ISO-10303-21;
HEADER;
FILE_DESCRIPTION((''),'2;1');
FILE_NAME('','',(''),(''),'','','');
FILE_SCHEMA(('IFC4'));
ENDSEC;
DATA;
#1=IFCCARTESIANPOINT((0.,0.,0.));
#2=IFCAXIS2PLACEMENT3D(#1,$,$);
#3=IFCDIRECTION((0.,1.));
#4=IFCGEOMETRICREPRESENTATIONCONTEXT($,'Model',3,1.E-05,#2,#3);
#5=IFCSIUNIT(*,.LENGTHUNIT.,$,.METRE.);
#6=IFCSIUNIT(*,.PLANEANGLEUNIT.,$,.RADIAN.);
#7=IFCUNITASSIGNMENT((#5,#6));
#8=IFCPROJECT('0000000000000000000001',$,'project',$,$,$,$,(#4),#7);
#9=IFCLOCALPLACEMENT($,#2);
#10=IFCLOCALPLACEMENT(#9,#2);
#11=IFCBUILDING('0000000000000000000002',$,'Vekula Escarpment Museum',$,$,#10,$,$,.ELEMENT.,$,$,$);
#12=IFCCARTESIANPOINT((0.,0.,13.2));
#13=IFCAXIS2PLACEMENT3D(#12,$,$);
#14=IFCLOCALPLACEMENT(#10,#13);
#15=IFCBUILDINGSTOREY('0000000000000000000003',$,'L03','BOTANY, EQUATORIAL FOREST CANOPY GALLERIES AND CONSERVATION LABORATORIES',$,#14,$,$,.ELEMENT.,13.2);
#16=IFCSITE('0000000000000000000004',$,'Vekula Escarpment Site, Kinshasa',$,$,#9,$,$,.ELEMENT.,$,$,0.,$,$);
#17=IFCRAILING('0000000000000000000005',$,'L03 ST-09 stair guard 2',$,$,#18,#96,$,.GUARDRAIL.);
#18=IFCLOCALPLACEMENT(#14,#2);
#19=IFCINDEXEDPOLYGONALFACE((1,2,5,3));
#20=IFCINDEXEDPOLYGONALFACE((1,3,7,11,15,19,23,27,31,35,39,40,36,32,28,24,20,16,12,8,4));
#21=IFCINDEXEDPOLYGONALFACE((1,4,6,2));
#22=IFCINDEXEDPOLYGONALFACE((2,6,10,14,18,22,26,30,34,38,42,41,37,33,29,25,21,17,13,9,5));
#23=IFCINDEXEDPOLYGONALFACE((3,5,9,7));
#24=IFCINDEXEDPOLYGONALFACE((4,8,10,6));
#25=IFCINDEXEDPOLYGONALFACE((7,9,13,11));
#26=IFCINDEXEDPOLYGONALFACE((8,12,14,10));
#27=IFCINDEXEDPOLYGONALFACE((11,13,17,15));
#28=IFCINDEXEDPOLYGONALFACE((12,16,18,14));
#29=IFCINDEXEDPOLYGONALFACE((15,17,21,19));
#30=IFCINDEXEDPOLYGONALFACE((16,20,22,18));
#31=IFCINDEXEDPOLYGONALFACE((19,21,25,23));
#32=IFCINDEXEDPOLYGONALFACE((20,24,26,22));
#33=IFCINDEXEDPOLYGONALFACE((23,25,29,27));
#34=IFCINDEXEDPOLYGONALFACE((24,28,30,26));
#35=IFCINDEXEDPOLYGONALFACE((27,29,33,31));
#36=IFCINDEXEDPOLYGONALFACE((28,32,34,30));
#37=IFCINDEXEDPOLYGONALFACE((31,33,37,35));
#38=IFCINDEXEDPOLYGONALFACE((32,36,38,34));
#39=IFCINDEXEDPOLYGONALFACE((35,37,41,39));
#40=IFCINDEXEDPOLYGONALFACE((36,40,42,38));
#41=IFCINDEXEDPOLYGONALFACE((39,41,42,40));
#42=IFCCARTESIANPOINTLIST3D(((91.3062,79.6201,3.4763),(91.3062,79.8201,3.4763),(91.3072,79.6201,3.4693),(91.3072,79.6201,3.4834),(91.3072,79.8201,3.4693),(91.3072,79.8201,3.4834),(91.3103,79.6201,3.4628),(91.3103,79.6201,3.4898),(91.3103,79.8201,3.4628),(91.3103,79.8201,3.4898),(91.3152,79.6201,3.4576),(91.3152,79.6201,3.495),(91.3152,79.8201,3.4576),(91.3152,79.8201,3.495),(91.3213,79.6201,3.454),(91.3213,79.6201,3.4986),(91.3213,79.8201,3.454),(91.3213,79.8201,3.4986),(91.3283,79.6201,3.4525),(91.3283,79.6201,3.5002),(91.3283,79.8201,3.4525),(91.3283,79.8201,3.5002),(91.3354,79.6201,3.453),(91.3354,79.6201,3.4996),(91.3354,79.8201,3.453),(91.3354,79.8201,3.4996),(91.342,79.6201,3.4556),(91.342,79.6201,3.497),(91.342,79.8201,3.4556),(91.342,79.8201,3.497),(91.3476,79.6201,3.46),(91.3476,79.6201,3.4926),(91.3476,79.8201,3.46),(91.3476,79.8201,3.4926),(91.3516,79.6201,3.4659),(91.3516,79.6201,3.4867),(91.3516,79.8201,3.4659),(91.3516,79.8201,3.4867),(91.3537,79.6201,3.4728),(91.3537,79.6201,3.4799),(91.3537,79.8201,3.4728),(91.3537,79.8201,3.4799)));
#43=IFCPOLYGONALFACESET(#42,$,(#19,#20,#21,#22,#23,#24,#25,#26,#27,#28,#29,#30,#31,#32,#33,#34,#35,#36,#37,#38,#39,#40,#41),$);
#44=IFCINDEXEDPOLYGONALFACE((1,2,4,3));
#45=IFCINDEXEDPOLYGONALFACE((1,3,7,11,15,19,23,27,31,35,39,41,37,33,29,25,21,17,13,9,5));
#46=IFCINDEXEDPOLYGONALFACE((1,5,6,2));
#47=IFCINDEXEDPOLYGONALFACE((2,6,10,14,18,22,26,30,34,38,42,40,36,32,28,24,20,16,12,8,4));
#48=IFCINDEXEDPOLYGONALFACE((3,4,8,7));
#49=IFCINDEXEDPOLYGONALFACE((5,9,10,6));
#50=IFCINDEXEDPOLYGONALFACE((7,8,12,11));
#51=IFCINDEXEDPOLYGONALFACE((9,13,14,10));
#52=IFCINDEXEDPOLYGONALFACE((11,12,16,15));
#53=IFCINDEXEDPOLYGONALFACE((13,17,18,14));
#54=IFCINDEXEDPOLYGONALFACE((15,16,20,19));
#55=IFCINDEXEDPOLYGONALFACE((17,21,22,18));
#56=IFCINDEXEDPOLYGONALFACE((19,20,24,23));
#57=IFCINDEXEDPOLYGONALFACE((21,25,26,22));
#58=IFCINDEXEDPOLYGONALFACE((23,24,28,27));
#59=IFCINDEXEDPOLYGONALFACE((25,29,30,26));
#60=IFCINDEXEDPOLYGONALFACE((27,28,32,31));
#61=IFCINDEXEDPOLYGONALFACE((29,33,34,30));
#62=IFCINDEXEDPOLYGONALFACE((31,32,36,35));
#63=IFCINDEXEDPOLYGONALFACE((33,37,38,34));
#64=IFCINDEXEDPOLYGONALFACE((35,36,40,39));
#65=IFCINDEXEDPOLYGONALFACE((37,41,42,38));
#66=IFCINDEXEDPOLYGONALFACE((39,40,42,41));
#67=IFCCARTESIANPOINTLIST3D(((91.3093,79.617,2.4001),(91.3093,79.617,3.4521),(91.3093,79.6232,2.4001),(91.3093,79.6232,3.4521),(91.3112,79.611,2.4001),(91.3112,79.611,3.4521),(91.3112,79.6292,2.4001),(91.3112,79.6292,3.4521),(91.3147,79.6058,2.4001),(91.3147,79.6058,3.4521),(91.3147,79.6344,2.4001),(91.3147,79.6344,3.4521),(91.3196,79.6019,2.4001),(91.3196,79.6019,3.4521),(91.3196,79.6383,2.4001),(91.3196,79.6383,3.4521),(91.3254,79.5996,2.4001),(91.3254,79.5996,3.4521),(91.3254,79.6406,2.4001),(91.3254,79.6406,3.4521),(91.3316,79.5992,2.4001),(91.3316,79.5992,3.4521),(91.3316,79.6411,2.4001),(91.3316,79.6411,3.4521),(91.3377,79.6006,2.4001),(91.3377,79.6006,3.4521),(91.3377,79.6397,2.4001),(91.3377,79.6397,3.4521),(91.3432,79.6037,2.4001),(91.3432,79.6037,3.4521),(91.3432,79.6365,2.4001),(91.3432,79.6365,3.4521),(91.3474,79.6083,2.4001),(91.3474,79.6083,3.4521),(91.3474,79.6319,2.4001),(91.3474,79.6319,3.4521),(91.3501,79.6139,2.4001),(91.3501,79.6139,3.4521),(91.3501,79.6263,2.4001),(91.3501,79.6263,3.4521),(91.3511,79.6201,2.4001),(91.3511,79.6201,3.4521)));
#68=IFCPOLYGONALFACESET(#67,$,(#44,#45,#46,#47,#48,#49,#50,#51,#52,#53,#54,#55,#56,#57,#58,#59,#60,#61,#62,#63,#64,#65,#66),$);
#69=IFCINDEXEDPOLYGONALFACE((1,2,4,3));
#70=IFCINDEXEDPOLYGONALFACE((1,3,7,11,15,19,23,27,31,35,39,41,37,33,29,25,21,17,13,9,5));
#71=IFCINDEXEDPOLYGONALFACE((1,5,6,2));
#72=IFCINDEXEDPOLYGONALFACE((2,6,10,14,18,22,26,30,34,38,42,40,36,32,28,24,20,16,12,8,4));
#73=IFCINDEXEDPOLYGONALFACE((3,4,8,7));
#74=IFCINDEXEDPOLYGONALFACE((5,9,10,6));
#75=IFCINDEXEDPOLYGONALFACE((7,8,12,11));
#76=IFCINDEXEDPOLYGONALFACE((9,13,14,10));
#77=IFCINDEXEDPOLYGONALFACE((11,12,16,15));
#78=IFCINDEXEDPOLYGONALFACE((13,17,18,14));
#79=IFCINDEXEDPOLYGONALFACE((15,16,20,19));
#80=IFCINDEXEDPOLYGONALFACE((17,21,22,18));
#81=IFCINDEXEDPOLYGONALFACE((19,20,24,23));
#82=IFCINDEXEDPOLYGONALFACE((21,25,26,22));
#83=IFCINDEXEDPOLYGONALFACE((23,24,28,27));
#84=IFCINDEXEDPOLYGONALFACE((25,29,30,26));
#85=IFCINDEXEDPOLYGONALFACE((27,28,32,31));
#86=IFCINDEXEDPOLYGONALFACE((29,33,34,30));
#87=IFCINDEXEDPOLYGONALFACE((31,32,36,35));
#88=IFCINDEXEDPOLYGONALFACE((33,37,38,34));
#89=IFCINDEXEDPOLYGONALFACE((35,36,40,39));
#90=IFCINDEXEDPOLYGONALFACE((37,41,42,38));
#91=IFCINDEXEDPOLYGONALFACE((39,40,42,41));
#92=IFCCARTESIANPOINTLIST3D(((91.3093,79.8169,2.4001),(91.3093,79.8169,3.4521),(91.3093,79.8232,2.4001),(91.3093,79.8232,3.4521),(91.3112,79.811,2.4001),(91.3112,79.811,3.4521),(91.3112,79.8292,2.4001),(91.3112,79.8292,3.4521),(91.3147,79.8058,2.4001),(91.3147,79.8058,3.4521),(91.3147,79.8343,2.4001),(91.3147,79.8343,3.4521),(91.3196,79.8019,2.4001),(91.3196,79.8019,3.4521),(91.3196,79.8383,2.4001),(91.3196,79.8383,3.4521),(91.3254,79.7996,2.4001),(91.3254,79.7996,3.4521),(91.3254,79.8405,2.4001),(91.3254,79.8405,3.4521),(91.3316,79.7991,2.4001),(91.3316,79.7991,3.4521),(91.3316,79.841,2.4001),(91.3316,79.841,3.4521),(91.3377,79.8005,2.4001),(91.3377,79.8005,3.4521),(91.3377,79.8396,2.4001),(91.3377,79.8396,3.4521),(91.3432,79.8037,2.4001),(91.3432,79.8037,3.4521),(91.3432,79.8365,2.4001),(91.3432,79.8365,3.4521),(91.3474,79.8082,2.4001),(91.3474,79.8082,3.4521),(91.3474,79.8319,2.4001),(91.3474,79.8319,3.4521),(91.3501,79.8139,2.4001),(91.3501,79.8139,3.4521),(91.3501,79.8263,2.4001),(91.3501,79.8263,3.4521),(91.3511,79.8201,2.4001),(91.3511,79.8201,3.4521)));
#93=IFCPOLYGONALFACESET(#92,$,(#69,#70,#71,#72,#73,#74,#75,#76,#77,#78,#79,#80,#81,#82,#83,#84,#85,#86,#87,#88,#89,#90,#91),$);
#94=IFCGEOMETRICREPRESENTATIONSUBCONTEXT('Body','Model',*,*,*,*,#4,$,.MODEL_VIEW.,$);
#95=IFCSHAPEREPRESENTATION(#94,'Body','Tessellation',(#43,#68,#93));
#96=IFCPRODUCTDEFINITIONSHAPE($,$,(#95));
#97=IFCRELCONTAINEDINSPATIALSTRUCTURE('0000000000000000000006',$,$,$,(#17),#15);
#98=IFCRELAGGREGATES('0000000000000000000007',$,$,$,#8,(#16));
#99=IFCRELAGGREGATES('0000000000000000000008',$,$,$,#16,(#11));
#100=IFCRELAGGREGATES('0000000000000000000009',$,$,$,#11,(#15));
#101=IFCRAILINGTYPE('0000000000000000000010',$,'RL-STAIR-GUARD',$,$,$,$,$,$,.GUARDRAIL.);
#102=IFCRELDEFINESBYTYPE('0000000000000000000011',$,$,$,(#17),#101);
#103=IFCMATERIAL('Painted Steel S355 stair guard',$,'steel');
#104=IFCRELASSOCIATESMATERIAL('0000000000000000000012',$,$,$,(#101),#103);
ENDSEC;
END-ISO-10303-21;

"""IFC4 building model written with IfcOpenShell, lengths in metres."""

from ifc_helpers import new_model, si_unit, direction, frame, origin, origin_2d, place, context, subcontext, project, spatial, circle, extrude, material, type_object, element, save


model = new_model("IFC4")

# Units and contexts
model_context = context("Model", 3, precision=1e-05, world=origin(), true_north=direction((0.0, 1.0)))
body_context = subcontext(model_context, "Body", "Model", "MODEL_VIEW")
ifc_project = project(units=[si_unit("LENGTHUNIT", "METRE"), si_unit("PLANEANGLEUNIT", "RADIAN")], contexts=[model_context])

# Site, building, storey
site_placement = place(None, origin())
site = spatial("IfcSite", under=ifc_project, at=site_placement, Name="Vekula Escarpment Site, Kinshasa", CompositionType="ELEMENT", RefElevation=0.0)
building_placement = place(site_placement, origin())
building = spatial("IfcBuilding", under=site, at=building_placement, Name="Vekula Escarpment Museum", CompositionType="ELEMENT")
storey_placement = place(building_placement, frame((0.0, 0.0, 13.2)))
storey = spatial("IfcBuildingStorey", under=building, at=storey_placement, Name="L03", Description="BOTANY, EQUATORIAL FOREST CANOPY GALLERIES AND CONSERVATION LABORATORIES", CompositionType="ELEMENT", Elevation=13.2)

# Railing
ifc_material_1 = material(Name="Painted Steel S355 stair guard", Category="steel")
railing_type_1 = type_object("IfcRailingType", Name="RL-STAIR-GUARD", PredefinedType="GUARDRAIL", material=ifc_material_1)
railing_1_placement = place(storey_placement, frame((91.3301, 79.6201, 2.4001)))
element("IfcRailing", 1, at=railing_1_placement, inside=storey, type_object=railing_type_1, Name="L03 ST-09 stair guard 2", PredefinedType="GUARDRAIL", context=body_context, shape_type="SweptSolid", body=[
    extrude(circle(Radius=0.0239, at=origin_2d()), frame((0.0, 0.0, 1.0762), z_axis=(0.0, 1.0, 0.0), x_axis=(-1.0, 0.0, 0.0)), (0.0, 0.0, 1.0), 0.2),
    extrude(circle(Radius=0.021, at=origin_2d()), origin(), (0.0, 0.0, 1.0), 1.052),
    extrude(circle(Radius=0.021, at=origin_2d()), frame((0.0, 0.2, 0.0)), (0.0, 0.0, 1.0), 1.052),
])

save(model, "model.ifc")
